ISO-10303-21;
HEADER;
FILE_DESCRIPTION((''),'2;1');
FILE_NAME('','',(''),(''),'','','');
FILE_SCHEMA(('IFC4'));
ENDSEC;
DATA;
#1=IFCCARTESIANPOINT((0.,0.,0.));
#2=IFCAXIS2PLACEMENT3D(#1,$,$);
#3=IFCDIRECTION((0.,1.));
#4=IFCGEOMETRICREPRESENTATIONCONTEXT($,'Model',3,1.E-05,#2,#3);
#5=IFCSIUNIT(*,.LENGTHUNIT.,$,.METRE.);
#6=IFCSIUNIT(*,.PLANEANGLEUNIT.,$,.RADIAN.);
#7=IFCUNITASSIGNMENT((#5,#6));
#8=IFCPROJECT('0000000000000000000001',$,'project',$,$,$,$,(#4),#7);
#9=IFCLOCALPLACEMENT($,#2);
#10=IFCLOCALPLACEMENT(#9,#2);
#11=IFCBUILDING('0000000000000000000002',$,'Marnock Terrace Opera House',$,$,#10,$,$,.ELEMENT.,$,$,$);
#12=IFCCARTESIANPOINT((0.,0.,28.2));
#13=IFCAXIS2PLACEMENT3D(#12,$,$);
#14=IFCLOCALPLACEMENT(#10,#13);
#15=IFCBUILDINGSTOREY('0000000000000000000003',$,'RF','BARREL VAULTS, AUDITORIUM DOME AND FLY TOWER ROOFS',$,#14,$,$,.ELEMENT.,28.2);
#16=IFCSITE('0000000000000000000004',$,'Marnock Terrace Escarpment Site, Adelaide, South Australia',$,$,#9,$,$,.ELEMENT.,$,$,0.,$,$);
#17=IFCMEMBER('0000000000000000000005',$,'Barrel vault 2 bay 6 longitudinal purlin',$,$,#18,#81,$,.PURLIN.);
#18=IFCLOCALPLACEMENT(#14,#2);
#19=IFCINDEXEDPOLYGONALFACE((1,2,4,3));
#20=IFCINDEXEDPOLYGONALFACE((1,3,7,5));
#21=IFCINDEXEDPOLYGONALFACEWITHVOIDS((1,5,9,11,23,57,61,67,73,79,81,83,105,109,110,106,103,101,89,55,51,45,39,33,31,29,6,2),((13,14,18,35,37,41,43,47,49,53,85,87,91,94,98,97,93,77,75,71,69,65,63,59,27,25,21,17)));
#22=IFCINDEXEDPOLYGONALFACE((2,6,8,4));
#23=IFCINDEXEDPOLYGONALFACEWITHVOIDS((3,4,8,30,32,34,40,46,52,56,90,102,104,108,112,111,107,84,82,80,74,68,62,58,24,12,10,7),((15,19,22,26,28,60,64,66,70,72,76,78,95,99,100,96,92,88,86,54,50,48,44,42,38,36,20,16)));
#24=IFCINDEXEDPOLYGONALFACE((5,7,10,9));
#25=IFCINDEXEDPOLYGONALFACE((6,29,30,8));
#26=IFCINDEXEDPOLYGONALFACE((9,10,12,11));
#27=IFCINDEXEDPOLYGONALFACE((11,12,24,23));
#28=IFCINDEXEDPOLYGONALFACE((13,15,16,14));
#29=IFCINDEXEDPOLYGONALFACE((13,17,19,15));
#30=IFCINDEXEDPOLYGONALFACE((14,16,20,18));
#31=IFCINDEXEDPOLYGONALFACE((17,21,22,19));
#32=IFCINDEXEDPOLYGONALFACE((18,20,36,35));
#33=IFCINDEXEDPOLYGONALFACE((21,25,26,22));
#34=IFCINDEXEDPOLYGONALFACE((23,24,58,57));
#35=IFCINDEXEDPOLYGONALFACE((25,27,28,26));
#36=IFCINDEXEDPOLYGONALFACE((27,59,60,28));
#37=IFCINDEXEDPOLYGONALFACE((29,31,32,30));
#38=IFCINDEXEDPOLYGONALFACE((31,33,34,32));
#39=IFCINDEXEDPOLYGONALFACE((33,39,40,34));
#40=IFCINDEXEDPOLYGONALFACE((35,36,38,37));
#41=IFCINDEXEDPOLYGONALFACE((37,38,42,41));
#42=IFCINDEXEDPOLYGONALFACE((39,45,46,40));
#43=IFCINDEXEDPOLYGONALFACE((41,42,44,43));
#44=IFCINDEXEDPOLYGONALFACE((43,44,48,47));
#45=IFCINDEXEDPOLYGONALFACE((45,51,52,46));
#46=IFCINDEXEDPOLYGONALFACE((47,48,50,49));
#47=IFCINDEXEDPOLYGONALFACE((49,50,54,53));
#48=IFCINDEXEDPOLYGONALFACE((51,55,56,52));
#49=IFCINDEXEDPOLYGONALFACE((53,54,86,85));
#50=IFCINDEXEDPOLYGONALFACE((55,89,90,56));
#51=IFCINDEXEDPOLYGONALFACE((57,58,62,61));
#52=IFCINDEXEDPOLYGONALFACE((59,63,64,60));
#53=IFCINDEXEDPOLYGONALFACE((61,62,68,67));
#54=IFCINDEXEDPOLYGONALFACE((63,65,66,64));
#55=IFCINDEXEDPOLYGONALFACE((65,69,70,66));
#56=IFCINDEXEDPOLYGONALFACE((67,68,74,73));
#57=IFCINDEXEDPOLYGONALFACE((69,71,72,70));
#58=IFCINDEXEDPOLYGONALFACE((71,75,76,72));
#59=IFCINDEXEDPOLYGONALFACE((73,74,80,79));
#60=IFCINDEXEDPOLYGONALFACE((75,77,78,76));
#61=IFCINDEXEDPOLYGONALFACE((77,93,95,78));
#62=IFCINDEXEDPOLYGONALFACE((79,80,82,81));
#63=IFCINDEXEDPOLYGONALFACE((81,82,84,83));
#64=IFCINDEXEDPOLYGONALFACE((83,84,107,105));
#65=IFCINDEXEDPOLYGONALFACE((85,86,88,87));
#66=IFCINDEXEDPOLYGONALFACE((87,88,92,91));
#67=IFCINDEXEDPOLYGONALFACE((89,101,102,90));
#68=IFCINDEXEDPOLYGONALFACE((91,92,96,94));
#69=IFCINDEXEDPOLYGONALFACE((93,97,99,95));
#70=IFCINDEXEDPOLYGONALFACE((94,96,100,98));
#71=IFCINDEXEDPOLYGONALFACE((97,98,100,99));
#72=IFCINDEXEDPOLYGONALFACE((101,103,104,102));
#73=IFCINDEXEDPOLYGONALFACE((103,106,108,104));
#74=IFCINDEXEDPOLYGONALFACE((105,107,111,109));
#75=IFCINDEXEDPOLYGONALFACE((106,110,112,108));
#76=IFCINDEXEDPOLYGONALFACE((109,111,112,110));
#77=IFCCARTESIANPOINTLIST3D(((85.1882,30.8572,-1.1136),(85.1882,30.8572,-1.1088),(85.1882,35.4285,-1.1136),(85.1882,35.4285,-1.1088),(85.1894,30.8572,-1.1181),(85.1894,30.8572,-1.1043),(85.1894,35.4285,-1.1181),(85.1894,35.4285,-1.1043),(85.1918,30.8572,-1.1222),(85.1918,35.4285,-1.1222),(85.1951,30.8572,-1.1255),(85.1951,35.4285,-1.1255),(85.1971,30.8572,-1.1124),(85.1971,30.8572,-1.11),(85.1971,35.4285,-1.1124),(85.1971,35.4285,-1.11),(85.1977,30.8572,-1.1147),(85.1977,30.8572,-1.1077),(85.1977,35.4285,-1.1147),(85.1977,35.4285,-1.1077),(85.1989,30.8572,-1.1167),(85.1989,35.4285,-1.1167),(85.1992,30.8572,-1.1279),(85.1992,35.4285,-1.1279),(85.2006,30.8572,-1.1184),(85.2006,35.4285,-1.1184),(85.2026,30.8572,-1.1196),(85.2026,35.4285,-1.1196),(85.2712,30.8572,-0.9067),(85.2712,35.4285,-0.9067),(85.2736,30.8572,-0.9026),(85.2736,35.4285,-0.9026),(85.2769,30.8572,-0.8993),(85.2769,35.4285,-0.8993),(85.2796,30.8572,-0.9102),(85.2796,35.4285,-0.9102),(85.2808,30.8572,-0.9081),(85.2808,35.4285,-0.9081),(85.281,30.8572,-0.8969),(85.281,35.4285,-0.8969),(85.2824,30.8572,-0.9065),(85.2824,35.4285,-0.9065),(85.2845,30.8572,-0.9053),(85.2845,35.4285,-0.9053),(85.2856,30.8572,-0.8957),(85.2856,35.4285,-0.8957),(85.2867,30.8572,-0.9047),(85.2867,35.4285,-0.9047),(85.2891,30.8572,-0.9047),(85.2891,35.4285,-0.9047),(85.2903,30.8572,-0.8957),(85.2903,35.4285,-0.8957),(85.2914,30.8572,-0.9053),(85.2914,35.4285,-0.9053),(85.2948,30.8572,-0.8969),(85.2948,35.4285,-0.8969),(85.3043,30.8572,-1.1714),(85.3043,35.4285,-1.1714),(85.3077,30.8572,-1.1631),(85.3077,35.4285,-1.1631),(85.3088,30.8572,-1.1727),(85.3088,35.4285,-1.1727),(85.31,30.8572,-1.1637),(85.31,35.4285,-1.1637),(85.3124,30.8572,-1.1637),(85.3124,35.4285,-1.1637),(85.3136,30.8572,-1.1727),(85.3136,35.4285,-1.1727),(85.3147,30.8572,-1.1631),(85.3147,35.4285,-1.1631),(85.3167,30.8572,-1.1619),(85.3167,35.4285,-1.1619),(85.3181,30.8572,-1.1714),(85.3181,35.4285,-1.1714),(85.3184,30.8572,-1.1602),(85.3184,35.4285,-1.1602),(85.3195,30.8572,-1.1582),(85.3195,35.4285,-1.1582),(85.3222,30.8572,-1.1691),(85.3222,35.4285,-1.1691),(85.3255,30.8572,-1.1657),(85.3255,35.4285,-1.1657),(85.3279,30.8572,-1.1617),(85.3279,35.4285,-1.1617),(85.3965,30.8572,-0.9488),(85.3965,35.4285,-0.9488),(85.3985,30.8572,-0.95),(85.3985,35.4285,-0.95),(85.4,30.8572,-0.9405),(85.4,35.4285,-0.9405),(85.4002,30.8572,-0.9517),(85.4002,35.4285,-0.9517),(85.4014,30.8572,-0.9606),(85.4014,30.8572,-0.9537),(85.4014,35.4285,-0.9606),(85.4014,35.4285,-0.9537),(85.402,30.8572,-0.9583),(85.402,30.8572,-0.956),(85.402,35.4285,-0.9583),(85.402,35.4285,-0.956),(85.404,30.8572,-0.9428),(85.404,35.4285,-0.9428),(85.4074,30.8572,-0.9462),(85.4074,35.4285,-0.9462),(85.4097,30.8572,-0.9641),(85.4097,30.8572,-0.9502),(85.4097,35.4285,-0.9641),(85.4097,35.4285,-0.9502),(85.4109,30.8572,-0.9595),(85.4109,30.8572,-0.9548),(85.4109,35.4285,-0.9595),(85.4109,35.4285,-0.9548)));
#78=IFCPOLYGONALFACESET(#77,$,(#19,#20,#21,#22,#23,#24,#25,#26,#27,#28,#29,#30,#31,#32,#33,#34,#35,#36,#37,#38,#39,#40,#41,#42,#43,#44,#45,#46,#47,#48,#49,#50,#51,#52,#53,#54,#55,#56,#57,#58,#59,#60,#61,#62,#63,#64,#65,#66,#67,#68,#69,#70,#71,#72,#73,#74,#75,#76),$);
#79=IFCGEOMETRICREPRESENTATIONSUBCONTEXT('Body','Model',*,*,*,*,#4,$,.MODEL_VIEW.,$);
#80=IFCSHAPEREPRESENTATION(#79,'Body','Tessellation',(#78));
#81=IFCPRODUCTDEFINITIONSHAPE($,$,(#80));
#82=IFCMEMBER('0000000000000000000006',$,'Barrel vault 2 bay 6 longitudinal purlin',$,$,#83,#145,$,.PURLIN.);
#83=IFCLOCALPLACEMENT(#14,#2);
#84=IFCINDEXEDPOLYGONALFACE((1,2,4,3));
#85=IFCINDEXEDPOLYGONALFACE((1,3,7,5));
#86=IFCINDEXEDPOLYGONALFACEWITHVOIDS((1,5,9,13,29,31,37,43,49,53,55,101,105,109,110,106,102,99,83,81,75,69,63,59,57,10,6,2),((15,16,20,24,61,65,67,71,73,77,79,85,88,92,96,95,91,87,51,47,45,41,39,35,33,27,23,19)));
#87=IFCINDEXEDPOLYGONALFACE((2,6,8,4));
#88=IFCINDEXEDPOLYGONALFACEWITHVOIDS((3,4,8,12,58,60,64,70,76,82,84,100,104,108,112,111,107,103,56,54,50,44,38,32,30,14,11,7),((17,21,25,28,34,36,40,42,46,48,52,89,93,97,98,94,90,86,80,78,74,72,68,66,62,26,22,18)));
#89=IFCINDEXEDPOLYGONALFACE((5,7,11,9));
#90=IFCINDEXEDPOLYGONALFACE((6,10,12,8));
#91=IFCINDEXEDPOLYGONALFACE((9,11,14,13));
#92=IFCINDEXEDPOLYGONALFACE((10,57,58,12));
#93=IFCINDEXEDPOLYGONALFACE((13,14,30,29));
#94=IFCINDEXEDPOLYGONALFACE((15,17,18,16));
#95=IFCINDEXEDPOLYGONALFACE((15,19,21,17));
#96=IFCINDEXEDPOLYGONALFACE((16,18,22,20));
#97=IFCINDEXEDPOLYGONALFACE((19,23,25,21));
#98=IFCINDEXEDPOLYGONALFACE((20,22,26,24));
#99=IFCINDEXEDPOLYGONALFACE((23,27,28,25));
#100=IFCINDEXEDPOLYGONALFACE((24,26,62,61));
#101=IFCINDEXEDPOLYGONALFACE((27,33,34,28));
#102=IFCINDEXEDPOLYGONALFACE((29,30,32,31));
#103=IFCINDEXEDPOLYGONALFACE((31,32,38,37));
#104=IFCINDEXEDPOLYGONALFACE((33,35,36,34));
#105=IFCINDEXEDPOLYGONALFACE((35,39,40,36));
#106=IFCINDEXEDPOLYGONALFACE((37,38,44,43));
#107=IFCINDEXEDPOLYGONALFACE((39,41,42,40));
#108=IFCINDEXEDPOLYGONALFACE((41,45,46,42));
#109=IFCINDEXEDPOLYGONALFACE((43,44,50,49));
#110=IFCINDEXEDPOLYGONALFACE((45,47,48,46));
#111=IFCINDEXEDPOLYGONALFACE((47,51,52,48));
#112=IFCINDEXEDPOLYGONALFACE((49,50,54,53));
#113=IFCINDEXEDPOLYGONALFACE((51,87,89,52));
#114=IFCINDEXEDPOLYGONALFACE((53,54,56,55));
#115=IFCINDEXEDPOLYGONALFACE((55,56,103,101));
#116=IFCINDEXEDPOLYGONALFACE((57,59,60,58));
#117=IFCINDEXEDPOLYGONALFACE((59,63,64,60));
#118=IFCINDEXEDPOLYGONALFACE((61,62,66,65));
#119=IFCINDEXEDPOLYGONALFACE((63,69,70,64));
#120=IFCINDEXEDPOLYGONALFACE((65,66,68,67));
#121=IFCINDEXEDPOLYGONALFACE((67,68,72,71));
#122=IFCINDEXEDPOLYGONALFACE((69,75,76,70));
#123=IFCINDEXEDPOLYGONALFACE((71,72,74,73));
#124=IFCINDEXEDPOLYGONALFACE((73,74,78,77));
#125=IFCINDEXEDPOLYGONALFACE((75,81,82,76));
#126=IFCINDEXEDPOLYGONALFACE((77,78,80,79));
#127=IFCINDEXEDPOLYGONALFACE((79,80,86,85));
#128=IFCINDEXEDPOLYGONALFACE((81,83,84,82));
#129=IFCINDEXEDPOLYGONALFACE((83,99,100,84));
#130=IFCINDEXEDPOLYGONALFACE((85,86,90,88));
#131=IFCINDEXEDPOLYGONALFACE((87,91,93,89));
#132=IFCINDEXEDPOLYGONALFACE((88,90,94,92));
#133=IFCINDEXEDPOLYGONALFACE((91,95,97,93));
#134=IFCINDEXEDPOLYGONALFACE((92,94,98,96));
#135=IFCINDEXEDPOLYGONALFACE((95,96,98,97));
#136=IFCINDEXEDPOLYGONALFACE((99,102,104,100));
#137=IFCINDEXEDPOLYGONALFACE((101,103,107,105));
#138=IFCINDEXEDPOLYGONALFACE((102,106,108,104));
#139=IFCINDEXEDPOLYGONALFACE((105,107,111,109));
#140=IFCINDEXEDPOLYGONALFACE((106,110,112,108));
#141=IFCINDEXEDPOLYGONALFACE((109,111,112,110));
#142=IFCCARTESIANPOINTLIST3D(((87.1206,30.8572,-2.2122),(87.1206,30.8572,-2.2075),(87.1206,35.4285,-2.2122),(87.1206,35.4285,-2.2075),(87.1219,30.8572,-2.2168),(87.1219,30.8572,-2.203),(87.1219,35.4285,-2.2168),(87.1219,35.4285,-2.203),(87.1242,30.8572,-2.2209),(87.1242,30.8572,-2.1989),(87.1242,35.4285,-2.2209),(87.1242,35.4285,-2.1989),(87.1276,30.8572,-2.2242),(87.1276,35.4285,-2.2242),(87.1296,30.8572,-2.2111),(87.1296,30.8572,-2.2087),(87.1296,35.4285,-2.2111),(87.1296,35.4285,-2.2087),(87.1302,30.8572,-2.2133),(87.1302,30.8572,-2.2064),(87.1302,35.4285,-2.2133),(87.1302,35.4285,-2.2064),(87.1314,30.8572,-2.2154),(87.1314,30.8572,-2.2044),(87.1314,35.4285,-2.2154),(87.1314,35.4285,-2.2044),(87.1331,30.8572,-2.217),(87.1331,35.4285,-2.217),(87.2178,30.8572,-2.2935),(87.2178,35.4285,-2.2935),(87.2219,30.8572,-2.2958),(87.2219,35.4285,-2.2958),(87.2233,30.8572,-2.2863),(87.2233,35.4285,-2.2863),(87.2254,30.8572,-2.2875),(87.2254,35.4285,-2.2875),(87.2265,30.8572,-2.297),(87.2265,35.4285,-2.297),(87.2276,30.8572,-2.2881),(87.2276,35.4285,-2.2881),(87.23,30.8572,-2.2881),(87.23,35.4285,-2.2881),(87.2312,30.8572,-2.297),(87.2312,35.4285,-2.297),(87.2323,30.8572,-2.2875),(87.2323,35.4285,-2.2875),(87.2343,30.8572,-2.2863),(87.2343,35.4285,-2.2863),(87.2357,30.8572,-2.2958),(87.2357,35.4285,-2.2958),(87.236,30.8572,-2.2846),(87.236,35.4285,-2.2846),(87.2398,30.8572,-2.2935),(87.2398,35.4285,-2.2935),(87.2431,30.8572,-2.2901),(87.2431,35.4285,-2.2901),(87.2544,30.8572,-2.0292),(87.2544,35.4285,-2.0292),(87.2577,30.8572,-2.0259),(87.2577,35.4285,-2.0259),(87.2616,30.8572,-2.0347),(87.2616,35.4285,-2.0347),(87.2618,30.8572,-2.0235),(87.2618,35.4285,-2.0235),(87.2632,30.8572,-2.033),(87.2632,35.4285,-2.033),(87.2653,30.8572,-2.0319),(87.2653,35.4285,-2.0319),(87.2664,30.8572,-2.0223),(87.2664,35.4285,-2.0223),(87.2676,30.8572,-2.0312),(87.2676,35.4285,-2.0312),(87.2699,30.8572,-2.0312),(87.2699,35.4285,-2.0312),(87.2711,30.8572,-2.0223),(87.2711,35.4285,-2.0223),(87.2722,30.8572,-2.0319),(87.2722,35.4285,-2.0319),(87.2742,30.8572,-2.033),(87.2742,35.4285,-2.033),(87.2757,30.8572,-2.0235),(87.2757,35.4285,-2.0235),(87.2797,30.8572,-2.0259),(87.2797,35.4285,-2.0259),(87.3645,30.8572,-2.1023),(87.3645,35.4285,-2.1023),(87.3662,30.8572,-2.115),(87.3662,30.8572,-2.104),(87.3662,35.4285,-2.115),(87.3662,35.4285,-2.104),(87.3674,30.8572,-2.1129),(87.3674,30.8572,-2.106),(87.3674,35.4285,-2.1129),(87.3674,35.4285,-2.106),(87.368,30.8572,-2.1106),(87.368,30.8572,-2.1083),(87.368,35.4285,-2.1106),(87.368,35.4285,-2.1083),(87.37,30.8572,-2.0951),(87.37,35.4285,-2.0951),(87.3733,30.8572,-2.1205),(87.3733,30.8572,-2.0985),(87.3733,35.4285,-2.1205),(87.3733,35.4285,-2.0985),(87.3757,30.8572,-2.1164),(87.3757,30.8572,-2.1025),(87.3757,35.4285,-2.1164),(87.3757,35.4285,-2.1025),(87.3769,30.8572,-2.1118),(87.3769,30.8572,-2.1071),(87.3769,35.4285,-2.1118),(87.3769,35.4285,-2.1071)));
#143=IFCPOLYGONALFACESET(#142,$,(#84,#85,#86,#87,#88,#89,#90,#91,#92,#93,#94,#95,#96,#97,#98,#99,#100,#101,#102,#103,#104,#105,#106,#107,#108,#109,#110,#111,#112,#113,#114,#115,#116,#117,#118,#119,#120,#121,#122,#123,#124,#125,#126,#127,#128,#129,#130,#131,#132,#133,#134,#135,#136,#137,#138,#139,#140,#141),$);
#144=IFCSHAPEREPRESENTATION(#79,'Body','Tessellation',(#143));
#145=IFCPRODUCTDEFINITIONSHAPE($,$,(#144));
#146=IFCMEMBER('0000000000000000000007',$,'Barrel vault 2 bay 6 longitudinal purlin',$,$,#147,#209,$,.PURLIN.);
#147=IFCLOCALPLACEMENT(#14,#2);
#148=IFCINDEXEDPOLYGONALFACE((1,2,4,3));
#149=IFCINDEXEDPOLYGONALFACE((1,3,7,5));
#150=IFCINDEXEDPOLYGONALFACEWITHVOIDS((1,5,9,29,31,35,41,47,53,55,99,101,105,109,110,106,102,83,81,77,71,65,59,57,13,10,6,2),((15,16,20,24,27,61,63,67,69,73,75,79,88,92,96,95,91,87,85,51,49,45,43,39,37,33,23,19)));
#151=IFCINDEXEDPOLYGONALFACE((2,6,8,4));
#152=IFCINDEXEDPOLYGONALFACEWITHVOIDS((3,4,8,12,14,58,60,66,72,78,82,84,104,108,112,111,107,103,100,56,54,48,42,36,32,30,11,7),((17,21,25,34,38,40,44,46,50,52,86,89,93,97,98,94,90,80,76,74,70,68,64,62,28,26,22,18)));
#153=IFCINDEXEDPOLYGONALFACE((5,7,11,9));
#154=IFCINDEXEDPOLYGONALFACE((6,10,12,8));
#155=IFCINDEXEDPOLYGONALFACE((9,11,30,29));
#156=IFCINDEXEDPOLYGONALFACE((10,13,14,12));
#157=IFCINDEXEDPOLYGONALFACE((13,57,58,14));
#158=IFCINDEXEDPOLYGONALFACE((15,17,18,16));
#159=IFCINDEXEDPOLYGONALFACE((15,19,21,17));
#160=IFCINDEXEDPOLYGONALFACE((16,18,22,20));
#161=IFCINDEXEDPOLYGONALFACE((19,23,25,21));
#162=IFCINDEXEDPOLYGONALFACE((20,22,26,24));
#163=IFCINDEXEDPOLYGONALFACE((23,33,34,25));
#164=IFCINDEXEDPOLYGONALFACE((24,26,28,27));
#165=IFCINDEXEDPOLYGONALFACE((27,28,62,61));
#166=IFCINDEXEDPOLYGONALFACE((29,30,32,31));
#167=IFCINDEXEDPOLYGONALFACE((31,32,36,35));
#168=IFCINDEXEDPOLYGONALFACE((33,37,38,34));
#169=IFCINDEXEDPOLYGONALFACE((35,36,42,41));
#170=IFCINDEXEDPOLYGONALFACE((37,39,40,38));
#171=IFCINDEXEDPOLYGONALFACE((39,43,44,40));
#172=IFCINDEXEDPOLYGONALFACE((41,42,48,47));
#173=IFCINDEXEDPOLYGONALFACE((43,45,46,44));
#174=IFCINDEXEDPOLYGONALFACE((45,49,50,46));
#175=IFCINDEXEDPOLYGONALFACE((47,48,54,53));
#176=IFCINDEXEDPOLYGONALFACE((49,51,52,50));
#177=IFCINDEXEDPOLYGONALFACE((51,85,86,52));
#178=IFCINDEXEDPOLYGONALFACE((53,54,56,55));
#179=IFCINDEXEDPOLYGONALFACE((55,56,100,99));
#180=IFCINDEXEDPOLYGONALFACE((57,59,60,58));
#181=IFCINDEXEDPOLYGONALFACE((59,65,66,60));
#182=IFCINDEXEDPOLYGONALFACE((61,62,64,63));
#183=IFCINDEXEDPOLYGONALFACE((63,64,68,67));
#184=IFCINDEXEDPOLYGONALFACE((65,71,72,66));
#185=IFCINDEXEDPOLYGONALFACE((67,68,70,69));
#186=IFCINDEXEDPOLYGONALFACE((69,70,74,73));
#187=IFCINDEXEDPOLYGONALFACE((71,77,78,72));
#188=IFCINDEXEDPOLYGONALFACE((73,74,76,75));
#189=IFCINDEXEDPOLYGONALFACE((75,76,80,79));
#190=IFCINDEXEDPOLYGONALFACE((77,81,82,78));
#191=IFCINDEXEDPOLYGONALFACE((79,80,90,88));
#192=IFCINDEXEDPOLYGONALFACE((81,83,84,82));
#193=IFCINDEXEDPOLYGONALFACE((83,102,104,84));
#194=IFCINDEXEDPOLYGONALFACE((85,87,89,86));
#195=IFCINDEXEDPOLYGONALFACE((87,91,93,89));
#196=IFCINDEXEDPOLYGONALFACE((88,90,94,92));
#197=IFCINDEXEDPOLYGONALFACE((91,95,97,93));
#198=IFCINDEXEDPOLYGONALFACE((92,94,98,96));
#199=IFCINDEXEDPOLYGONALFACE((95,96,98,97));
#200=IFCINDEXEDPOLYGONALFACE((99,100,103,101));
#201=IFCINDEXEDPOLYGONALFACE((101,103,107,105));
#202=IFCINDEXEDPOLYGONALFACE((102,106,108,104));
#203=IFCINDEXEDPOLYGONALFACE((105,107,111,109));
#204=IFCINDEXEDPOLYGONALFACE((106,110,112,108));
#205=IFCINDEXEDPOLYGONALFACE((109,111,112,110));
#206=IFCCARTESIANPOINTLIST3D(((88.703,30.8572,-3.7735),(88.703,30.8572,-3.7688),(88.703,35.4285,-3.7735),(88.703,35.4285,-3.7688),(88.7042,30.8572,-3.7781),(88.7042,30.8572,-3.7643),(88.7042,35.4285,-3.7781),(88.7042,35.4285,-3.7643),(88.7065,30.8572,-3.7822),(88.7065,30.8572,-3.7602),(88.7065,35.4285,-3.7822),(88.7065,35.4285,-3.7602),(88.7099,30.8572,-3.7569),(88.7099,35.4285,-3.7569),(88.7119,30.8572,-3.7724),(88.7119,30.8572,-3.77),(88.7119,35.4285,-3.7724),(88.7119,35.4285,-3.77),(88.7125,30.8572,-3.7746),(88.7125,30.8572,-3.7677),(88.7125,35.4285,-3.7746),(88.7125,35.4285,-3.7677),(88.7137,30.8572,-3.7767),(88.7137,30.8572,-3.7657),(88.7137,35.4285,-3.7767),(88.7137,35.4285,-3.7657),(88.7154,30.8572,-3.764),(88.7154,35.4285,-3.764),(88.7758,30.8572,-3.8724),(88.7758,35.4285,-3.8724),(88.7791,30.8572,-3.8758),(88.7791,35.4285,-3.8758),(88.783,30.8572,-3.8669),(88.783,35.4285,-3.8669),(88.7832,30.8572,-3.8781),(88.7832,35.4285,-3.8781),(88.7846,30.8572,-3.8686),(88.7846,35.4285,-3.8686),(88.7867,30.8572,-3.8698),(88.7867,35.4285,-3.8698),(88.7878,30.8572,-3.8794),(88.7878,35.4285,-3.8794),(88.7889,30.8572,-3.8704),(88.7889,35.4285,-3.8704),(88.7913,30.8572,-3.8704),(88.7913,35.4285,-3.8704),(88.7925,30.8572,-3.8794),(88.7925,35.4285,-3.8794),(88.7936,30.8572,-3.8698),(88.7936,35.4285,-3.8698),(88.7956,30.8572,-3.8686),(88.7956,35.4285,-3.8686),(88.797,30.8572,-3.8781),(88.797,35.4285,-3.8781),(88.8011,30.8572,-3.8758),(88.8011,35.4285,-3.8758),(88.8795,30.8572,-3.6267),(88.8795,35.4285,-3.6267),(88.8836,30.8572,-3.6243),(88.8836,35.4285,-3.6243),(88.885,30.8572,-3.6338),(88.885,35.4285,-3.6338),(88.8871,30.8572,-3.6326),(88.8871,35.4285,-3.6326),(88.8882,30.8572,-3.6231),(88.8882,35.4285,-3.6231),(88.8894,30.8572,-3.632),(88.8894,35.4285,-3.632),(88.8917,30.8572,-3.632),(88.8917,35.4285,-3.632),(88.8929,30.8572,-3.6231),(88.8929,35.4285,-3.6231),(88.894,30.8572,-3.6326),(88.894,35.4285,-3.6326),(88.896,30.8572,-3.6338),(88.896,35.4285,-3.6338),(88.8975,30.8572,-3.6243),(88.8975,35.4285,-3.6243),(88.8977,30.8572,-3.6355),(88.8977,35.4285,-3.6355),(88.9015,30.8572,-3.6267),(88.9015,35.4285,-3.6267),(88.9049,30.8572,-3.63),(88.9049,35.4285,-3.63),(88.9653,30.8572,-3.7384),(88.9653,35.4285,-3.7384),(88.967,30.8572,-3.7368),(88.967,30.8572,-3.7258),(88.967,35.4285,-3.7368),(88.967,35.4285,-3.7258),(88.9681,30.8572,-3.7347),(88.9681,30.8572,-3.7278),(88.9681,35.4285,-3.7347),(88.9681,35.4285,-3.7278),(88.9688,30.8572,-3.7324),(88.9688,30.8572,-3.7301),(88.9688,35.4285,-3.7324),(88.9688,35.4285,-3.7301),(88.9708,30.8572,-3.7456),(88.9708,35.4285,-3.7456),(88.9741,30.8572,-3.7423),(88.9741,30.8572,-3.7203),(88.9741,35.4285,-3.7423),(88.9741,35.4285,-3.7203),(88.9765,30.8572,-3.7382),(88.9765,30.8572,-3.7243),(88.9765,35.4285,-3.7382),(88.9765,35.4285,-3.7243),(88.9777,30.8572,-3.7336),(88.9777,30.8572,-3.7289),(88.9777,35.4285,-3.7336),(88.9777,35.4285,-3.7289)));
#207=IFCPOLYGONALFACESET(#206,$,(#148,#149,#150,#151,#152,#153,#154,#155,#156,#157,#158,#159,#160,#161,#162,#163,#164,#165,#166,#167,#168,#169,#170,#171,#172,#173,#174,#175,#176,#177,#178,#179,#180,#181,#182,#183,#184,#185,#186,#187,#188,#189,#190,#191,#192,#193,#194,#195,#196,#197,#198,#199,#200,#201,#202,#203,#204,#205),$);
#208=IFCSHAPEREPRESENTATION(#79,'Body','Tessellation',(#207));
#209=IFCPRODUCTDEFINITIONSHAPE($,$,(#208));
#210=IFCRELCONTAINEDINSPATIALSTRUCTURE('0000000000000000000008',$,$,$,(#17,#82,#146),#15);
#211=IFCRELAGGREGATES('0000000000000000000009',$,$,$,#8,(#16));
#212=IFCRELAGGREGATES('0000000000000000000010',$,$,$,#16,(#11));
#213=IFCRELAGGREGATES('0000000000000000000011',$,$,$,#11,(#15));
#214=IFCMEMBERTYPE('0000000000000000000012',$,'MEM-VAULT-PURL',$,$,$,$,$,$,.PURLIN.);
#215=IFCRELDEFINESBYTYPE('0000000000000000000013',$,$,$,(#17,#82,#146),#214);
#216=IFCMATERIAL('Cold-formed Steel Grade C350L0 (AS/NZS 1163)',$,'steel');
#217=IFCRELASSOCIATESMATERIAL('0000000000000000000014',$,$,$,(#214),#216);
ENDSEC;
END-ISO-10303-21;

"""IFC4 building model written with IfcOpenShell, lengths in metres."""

from ifc_helpers import new_model, si_unit, direction, frame, origin, origin_2d, place, context, subcontext, project, spatial, hollow_rectangle, extrude, material, material_profile, profile_set, type_object, element, save


model = new_model("IFC4")

# Units and contexts
model_context = context("Model", 3, precision=1e-05, world=origin(), true_north=direction((0.0, 1.0)))
body_context = subcontext(model_context, "Body", "Model", "MODEL_VIEW")
ifc_project = project(units=[si_unit("LENGTHUNIT", "METRE"), si_unit("PLANEANGLEUNIT", "RADIAN")], contexts=[model_context])

# Site, building, storey
site_placement = place(None, origin())
site = spatial("IfcSite", under=ifc_project, at=site_placement, Name="Marnock Terrace Escarpment Site, Adelaide, South Australia", CompositionType="ELEMENT", RefElevation=0.0)
building_placement = place(site_placement, origin())
building = spatial("IfcBuilding", under=site, at=building_placement, Name="Marnock Terrace Opera House", CompositionType="ELEMENT")
storey_placement = place(building_placement, frame((0.0, 0.0, 28.2)))
storey = spatial("IfcBuildingStorey", under=building, at=storey_placement, Name="RF", Description="BARREL VAULTS, AUDITORIUM DOME AND FLY TOWER ROOFS", CompositionType="ELEMENT", Elevation=28.2)

# Members
ifc_material = material(Name="Cold-formed Steel Grade C350L0 (AS/NZS 1163)", Category="steel")
ifc_material_profile_1 = material_profile(ifc_material, hollow_rectangle(XDim=0.1499, YDim=0.25, WallThickness=0.009, InnerFilletRadius=0.009, OuterFilletRadius=0.0181, at=origin_2d()))
ifc_profile_set_1 = profile_set([ifc_material_profile_1], Name="Cold-formed Steel Grade C350L0 (AS/NZS 1163)")
member_type_1 = type_object("IfcMemberType", Name="MEM-VAULT-PURL", PredefinedType="PURLIN", material=ifc_profile_set_1)
for number, where, z_axis, x_axis, name in (
    (1, (85.2996, 30.8572, -1.0342), (0.0, 1.0, 0.0), (-0.92388, 0.0, 0.382683), "Barrel vault 2 bay 6 longitudinal purlin"),
    (2, (87.2488, 30.8572, -2.1597), (0.0, 1.0, 0.0), (-0.793353, 0.0, 0.608761), "Barrel vault 2 bay 6 longitudinal purlin"),
    (3, (88.8403, 30.8572, -3.7512), (0.0, 1.0, 0.0), (-0.608761, 0.0, 0.793353), "Barrel vault 2 bay 6 longitudinal purlin"),
):
    element("IfcMember", number, at=place(storey_placement, frame(where, z_axis=z_axis, x_axis=x_axis)), inside=storey, type_object=member_type_1, Name=name, PredefinedType="PURLIN", context=body_context, shape_type="SweptSolid", body=[
        extrude(hollow_rectangle(XDim=0.1499, YDim=0.25, WallThickness=0.009, InnerFilletRadius=0.009, OuterFilletRadius=0.0181, at=origin_2d()), origin(), (0.0, 0.0, 1.0), 4.5713),
    ])

save(model, "model.ifc")
